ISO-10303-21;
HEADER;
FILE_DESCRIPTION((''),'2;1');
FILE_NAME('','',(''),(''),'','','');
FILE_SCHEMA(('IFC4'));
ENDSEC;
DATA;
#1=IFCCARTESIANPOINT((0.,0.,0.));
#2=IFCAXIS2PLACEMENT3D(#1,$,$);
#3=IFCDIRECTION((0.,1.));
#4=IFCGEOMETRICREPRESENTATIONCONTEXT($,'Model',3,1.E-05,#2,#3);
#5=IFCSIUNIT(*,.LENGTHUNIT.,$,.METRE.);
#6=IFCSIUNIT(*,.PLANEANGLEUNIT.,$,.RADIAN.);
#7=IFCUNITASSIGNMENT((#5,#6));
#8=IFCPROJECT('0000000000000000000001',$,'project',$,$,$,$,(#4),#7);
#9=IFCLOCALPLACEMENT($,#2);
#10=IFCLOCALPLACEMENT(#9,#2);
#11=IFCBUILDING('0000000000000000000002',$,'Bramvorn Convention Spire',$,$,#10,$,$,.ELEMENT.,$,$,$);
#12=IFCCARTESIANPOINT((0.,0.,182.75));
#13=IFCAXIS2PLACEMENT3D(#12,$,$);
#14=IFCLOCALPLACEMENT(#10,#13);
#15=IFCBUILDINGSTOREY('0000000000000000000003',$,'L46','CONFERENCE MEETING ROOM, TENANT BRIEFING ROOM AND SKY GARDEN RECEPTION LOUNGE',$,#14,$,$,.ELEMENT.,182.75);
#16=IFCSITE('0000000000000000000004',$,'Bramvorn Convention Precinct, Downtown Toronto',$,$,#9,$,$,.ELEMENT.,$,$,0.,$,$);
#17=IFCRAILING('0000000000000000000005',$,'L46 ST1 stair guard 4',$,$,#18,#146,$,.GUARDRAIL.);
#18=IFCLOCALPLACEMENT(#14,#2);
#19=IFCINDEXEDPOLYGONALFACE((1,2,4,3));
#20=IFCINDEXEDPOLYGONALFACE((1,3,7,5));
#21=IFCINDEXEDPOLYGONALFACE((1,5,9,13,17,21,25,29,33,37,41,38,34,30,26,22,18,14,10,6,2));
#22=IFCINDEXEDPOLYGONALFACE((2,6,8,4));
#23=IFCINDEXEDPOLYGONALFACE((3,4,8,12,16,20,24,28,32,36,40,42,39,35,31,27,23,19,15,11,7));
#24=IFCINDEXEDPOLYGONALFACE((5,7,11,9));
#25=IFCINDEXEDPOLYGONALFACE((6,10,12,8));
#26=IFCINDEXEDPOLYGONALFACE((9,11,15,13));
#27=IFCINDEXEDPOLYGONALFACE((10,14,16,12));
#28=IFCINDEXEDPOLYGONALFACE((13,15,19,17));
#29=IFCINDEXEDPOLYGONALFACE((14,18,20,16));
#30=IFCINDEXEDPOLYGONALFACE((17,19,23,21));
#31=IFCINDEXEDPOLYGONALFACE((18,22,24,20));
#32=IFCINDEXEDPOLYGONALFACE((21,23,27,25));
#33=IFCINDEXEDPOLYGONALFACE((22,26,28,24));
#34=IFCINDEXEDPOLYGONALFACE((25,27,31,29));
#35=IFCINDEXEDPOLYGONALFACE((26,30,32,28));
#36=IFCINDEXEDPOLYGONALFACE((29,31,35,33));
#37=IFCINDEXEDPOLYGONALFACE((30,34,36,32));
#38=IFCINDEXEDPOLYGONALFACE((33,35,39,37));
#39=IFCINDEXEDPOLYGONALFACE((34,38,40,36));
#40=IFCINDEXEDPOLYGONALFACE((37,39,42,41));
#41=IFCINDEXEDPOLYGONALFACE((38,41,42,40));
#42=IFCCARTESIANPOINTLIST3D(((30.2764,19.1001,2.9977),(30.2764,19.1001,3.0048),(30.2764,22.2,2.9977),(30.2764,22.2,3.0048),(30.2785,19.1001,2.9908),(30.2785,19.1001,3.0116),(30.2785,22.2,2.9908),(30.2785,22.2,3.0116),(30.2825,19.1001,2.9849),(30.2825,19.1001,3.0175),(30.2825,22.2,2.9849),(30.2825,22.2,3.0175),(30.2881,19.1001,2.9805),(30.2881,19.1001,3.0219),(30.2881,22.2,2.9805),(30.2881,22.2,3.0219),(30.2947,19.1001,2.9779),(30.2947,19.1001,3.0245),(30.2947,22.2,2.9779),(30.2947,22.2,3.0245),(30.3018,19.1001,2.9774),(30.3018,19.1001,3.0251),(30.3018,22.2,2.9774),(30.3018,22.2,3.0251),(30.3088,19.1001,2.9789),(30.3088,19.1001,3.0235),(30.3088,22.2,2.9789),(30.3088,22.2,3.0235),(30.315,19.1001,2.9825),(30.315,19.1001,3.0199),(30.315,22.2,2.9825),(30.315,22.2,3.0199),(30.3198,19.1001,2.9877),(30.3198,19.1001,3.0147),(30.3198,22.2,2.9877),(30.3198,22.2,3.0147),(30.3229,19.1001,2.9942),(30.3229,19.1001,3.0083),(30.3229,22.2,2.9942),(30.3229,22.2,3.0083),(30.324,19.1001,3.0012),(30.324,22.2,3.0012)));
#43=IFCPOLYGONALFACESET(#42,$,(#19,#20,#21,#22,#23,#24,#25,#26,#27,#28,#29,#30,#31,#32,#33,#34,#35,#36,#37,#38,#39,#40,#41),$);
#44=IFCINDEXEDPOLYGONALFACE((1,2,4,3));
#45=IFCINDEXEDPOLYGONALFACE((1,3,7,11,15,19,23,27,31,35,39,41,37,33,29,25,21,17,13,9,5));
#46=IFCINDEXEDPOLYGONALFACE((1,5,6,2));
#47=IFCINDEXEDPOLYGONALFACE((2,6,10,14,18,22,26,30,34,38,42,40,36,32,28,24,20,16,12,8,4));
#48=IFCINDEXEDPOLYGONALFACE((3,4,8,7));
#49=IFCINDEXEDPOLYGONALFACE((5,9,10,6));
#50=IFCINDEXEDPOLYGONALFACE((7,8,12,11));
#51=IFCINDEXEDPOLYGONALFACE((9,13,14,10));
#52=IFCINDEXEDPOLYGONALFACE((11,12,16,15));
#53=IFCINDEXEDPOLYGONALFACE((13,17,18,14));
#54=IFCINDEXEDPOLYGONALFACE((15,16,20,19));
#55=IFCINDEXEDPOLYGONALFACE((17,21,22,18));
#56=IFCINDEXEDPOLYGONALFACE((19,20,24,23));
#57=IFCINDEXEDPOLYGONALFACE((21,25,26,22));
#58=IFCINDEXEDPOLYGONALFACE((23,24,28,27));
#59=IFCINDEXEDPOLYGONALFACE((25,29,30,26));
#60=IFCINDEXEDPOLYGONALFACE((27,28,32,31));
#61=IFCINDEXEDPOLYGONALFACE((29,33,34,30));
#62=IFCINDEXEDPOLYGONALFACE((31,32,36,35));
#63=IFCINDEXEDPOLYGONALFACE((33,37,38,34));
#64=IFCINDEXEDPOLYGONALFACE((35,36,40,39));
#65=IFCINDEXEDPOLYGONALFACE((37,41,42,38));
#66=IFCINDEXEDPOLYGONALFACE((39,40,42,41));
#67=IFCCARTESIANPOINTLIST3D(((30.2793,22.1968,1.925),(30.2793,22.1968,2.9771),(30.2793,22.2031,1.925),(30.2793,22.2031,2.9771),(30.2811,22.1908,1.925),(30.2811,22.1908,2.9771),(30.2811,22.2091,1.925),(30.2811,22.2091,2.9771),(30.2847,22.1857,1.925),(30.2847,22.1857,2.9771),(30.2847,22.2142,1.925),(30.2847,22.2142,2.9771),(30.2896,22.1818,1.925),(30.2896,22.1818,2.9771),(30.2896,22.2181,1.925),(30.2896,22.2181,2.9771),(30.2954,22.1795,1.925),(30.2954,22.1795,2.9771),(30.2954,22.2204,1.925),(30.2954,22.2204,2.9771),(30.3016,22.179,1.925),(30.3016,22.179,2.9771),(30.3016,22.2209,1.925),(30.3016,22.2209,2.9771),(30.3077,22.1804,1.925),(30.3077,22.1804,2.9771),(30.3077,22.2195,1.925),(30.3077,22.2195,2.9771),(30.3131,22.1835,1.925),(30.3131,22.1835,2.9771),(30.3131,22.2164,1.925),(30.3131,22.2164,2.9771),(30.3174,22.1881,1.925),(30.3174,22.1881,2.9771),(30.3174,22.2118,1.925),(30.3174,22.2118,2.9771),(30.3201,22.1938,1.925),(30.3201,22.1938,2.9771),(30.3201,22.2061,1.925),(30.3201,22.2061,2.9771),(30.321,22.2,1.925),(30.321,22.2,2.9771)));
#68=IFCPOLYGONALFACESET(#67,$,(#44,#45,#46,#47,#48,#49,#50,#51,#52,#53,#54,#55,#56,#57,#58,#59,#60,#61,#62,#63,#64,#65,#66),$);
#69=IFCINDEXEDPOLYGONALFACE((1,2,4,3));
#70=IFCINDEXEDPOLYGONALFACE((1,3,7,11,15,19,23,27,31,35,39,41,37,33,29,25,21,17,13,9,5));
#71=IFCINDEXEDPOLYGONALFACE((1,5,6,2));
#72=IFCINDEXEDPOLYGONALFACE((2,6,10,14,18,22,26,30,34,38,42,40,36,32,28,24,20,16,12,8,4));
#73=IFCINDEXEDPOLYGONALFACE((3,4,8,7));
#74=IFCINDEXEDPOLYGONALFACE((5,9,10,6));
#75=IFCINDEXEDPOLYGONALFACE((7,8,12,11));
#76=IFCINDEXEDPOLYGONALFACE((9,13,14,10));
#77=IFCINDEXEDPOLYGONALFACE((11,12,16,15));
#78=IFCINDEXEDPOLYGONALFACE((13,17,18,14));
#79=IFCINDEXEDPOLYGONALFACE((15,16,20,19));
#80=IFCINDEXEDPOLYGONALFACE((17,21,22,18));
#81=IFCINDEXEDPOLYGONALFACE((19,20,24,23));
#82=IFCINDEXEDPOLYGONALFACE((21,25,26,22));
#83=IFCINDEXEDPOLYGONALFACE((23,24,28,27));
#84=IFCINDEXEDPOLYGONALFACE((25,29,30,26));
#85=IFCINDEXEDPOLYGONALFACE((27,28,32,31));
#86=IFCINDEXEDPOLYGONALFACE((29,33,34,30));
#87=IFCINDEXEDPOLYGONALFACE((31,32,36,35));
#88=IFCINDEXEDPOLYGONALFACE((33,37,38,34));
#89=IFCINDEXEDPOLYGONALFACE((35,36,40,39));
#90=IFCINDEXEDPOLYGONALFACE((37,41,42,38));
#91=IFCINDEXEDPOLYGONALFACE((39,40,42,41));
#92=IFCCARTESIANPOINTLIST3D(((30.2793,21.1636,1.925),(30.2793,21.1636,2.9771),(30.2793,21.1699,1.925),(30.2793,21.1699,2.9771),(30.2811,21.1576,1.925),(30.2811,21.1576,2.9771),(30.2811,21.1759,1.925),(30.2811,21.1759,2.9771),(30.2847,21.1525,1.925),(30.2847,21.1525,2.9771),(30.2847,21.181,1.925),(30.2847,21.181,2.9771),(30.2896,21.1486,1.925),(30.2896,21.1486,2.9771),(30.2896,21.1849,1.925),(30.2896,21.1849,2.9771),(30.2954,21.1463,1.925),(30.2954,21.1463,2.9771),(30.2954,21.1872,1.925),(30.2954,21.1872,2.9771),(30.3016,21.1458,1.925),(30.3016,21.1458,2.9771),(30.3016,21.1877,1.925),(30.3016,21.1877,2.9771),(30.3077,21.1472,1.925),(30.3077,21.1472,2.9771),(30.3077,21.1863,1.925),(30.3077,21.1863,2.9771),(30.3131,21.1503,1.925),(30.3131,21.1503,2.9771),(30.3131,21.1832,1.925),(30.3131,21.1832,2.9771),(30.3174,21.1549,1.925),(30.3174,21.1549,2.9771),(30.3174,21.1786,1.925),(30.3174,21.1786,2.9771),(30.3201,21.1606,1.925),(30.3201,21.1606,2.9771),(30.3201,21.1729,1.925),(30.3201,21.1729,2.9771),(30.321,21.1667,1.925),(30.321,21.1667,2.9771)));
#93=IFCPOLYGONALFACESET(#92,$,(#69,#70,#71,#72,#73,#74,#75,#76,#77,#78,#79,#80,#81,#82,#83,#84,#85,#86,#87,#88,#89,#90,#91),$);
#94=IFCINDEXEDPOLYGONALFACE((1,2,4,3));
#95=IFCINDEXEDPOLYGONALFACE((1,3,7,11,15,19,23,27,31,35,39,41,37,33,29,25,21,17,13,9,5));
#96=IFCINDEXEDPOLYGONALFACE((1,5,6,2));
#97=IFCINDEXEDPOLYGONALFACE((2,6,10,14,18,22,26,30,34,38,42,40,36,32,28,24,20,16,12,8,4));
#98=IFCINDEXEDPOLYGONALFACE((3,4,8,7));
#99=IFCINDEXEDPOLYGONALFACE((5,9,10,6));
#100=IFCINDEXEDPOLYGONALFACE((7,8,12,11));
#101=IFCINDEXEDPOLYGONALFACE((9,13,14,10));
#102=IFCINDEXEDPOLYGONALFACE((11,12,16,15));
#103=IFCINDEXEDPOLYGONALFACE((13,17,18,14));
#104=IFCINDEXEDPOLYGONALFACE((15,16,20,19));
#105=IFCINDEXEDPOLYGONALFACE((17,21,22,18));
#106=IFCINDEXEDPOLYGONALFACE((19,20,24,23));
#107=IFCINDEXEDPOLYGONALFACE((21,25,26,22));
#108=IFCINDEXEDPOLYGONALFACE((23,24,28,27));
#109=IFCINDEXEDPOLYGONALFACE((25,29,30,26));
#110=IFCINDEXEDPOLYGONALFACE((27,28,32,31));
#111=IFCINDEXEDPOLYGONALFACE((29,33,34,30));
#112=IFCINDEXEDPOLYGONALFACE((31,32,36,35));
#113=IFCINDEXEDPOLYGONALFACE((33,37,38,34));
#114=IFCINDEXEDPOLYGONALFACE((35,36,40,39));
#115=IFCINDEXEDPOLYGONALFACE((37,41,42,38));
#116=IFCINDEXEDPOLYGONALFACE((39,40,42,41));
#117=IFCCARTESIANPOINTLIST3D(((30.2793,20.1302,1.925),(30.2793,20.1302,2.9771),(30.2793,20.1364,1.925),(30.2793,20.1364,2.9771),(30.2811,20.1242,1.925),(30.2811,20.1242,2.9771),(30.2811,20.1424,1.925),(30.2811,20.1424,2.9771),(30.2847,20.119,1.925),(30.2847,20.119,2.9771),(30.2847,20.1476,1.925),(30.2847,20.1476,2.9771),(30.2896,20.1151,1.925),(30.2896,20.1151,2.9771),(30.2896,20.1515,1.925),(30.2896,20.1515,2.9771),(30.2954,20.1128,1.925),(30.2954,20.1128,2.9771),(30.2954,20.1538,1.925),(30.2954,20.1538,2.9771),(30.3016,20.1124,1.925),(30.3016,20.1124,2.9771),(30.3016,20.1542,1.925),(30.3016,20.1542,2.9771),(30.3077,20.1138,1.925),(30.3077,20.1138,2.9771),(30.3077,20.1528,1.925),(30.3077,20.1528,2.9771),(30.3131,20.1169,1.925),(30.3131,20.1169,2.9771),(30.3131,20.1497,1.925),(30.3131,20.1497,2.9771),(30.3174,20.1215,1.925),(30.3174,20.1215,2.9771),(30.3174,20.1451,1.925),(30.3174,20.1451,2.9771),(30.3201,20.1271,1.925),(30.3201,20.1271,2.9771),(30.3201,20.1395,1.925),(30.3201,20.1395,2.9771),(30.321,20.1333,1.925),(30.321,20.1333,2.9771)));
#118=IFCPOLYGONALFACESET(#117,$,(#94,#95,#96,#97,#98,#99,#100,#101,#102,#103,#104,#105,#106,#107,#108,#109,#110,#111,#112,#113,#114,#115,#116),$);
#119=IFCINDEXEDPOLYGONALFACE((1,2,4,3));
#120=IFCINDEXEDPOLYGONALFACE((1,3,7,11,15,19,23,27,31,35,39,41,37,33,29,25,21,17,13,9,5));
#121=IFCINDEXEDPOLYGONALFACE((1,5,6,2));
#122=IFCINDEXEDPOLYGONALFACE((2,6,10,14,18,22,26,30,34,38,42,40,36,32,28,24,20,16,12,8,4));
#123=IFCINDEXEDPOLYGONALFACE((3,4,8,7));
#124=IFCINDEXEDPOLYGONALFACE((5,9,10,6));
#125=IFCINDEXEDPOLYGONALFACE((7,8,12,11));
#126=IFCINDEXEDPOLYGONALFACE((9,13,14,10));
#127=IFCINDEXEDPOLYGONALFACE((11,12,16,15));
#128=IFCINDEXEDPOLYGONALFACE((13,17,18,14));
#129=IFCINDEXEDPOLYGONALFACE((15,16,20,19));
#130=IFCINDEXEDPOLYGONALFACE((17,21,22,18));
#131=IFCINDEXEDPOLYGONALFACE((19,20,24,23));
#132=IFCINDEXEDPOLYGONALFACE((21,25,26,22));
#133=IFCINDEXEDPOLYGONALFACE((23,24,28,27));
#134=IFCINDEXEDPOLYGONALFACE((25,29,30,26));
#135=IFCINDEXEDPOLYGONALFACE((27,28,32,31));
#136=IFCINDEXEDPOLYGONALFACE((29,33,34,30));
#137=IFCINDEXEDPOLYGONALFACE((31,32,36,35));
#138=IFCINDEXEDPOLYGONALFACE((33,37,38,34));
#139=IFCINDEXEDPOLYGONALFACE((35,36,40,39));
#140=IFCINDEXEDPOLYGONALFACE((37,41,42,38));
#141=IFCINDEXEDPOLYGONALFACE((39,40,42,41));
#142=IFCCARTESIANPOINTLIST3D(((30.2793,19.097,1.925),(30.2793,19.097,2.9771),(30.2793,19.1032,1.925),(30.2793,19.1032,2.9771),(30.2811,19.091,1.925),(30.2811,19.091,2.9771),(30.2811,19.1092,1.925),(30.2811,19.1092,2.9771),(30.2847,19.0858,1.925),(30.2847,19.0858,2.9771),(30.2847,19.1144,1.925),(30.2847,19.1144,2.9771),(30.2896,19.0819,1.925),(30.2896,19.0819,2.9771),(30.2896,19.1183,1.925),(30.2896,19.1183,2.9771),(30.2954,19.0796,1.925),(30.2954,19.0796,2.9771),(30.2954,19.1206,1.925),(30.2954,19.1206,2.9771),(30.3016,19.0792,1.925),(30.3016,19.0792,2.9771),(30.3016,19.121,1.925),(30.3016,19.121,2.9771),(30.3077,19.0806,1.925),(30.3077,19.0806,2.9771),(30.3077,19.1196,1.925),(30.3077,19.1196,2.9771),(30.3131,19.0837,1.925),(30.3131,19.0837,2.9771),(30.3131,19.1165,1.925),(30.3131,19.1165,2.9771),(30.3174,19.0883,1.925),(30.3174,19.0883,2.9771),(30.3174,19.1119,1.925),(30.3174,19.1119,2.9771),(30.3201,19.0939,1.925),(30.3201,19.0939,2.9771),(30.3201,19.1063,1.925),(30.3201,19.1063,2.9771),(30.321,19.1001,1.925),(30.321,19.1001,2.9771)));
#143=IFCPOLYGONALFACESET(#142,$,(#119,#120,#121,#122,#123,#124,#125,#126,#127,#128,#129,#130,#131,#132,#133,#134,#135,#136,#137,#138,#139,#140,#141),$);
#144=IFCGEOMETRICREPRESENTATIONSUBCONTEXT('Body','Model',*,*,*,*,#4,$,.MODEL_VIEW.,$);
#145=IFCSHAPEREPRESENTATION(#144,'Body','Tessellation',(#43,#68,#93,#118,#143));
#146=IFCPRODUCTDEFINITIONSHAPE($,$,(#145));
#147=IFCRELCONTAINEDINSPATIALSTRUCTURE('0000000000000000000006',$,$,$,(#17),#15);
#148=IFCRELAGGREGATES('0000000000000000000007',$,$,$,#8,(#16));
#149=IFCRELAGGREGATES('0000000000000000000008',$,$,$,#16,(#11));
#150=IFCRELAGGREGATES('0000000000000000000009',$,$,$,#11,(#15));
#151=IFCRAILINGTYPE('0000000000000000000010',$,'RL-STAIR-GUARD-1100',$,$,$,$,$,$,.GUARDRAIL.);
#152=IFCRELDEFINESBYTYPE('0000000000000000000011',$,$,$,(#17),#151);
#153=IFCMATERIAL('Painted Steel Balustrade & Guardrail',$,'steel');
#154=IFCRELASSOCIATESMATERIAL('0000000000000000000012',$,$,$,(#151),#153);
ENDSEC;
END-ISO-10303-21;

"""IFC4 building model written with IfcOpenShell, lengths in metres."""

from ifc_helpers import new_model, si_unit, direction, frame, origin, origin_2d, place, context, subcontext, project, spatial, circle, extrude, material, type_object, element, save


model = new_model("IFC4")

# Units and contexts
model_context = context("Model", 3, precision=1e-05, world=origin(), true_north=direction((0.0, 1.0)))
body_context = subcontext(model_context, "Body", "Model", "MODEL_VIEW")
ifc_project = project(units=[si_unit("LENGTHUNIT", "METRE"), si_unit("PLANEANGLEUNIT", "RADIAN")], contexts=[model_context])

# Site, building, storey
site_placement = place(None, origin())
site = spatial("IfcSite", under=ifc_project, at=site_placement, Name="Bramvorn Convention Precinct, Downtown Toronto", CompositionType="ELEMENT", RefElevation=0.0)
building_placement = place(site_placement, origin())
building = spatial("IfcBuilding", under=site, at=building_placement, Name="Bramvorn Convention Spire", CompositionType="ELEMENT")
storey_placement = place(building_placement, frame((0.0, 0.0, 182.75)))
storey = spatial("IfcBuildingStorey", under=building, at=storey_placement, Name="L46", Description="CONFERENCE MEETING ROOM, TENANT BRIEFING ROOM AND SKY GARDEN RECEPTION LOUNGE", CompositionType="ELEMENT", Elevation=182.75)

# Railing
ifc_material_1 = material(Name="Painted Steel Balustrade & Guardrail", Category="steel")
railing_type_1 = type_object("IfcRailingType", Name="RL-STAIR-GUARD-1100", PredefinedType="GUARDRAIL", material=ifc_material_1)
for number, where, name in (
    (1, (30.3, 22.2, 1.925), "L46 ST1 stair guard 4"),
):
    element("IfcRailing", number, at=place(storey_placement, frame(where)), inside=storey, type_object=railing_type_1, Name=name, PredefinedType="GUARDRAIL", context=body_context, shape_type="SweptSolid", body=[
        extrude(circle(Radius=0.0239, at=origin_2d()), frame((0.0, 0.0, 1.0762), z_axis=(0.0, -1.0, 0.0), x_axis=(1.0, 0.0, 0.0)), (0.0, 0.0, 1.0), 3.0999),
        extrude(circle(Radius=0.021, at=origin_2d()), origin(), (0.0, 0.0, 1.0), 1.052),
        extrude(circle(Radius=0.021, at=origin_2d()), frame((0.0, -1.0332, 0.0)), (0.0, 0.0, 1.0), 1.052),
        extrude(circle(Radius=0.021, at=origin_2d()), frame((0.0, -2.0667, 0.0)), (0.0, 0.0, 1.0), 1.052),
        extrude(circle(Radius=0.021, at=origin_2d()), frame((0.0, -3.0999, 0.0)), (0.0, 0.0, 1.0), 1.052),
    ])

save(model, "model.ifc")
